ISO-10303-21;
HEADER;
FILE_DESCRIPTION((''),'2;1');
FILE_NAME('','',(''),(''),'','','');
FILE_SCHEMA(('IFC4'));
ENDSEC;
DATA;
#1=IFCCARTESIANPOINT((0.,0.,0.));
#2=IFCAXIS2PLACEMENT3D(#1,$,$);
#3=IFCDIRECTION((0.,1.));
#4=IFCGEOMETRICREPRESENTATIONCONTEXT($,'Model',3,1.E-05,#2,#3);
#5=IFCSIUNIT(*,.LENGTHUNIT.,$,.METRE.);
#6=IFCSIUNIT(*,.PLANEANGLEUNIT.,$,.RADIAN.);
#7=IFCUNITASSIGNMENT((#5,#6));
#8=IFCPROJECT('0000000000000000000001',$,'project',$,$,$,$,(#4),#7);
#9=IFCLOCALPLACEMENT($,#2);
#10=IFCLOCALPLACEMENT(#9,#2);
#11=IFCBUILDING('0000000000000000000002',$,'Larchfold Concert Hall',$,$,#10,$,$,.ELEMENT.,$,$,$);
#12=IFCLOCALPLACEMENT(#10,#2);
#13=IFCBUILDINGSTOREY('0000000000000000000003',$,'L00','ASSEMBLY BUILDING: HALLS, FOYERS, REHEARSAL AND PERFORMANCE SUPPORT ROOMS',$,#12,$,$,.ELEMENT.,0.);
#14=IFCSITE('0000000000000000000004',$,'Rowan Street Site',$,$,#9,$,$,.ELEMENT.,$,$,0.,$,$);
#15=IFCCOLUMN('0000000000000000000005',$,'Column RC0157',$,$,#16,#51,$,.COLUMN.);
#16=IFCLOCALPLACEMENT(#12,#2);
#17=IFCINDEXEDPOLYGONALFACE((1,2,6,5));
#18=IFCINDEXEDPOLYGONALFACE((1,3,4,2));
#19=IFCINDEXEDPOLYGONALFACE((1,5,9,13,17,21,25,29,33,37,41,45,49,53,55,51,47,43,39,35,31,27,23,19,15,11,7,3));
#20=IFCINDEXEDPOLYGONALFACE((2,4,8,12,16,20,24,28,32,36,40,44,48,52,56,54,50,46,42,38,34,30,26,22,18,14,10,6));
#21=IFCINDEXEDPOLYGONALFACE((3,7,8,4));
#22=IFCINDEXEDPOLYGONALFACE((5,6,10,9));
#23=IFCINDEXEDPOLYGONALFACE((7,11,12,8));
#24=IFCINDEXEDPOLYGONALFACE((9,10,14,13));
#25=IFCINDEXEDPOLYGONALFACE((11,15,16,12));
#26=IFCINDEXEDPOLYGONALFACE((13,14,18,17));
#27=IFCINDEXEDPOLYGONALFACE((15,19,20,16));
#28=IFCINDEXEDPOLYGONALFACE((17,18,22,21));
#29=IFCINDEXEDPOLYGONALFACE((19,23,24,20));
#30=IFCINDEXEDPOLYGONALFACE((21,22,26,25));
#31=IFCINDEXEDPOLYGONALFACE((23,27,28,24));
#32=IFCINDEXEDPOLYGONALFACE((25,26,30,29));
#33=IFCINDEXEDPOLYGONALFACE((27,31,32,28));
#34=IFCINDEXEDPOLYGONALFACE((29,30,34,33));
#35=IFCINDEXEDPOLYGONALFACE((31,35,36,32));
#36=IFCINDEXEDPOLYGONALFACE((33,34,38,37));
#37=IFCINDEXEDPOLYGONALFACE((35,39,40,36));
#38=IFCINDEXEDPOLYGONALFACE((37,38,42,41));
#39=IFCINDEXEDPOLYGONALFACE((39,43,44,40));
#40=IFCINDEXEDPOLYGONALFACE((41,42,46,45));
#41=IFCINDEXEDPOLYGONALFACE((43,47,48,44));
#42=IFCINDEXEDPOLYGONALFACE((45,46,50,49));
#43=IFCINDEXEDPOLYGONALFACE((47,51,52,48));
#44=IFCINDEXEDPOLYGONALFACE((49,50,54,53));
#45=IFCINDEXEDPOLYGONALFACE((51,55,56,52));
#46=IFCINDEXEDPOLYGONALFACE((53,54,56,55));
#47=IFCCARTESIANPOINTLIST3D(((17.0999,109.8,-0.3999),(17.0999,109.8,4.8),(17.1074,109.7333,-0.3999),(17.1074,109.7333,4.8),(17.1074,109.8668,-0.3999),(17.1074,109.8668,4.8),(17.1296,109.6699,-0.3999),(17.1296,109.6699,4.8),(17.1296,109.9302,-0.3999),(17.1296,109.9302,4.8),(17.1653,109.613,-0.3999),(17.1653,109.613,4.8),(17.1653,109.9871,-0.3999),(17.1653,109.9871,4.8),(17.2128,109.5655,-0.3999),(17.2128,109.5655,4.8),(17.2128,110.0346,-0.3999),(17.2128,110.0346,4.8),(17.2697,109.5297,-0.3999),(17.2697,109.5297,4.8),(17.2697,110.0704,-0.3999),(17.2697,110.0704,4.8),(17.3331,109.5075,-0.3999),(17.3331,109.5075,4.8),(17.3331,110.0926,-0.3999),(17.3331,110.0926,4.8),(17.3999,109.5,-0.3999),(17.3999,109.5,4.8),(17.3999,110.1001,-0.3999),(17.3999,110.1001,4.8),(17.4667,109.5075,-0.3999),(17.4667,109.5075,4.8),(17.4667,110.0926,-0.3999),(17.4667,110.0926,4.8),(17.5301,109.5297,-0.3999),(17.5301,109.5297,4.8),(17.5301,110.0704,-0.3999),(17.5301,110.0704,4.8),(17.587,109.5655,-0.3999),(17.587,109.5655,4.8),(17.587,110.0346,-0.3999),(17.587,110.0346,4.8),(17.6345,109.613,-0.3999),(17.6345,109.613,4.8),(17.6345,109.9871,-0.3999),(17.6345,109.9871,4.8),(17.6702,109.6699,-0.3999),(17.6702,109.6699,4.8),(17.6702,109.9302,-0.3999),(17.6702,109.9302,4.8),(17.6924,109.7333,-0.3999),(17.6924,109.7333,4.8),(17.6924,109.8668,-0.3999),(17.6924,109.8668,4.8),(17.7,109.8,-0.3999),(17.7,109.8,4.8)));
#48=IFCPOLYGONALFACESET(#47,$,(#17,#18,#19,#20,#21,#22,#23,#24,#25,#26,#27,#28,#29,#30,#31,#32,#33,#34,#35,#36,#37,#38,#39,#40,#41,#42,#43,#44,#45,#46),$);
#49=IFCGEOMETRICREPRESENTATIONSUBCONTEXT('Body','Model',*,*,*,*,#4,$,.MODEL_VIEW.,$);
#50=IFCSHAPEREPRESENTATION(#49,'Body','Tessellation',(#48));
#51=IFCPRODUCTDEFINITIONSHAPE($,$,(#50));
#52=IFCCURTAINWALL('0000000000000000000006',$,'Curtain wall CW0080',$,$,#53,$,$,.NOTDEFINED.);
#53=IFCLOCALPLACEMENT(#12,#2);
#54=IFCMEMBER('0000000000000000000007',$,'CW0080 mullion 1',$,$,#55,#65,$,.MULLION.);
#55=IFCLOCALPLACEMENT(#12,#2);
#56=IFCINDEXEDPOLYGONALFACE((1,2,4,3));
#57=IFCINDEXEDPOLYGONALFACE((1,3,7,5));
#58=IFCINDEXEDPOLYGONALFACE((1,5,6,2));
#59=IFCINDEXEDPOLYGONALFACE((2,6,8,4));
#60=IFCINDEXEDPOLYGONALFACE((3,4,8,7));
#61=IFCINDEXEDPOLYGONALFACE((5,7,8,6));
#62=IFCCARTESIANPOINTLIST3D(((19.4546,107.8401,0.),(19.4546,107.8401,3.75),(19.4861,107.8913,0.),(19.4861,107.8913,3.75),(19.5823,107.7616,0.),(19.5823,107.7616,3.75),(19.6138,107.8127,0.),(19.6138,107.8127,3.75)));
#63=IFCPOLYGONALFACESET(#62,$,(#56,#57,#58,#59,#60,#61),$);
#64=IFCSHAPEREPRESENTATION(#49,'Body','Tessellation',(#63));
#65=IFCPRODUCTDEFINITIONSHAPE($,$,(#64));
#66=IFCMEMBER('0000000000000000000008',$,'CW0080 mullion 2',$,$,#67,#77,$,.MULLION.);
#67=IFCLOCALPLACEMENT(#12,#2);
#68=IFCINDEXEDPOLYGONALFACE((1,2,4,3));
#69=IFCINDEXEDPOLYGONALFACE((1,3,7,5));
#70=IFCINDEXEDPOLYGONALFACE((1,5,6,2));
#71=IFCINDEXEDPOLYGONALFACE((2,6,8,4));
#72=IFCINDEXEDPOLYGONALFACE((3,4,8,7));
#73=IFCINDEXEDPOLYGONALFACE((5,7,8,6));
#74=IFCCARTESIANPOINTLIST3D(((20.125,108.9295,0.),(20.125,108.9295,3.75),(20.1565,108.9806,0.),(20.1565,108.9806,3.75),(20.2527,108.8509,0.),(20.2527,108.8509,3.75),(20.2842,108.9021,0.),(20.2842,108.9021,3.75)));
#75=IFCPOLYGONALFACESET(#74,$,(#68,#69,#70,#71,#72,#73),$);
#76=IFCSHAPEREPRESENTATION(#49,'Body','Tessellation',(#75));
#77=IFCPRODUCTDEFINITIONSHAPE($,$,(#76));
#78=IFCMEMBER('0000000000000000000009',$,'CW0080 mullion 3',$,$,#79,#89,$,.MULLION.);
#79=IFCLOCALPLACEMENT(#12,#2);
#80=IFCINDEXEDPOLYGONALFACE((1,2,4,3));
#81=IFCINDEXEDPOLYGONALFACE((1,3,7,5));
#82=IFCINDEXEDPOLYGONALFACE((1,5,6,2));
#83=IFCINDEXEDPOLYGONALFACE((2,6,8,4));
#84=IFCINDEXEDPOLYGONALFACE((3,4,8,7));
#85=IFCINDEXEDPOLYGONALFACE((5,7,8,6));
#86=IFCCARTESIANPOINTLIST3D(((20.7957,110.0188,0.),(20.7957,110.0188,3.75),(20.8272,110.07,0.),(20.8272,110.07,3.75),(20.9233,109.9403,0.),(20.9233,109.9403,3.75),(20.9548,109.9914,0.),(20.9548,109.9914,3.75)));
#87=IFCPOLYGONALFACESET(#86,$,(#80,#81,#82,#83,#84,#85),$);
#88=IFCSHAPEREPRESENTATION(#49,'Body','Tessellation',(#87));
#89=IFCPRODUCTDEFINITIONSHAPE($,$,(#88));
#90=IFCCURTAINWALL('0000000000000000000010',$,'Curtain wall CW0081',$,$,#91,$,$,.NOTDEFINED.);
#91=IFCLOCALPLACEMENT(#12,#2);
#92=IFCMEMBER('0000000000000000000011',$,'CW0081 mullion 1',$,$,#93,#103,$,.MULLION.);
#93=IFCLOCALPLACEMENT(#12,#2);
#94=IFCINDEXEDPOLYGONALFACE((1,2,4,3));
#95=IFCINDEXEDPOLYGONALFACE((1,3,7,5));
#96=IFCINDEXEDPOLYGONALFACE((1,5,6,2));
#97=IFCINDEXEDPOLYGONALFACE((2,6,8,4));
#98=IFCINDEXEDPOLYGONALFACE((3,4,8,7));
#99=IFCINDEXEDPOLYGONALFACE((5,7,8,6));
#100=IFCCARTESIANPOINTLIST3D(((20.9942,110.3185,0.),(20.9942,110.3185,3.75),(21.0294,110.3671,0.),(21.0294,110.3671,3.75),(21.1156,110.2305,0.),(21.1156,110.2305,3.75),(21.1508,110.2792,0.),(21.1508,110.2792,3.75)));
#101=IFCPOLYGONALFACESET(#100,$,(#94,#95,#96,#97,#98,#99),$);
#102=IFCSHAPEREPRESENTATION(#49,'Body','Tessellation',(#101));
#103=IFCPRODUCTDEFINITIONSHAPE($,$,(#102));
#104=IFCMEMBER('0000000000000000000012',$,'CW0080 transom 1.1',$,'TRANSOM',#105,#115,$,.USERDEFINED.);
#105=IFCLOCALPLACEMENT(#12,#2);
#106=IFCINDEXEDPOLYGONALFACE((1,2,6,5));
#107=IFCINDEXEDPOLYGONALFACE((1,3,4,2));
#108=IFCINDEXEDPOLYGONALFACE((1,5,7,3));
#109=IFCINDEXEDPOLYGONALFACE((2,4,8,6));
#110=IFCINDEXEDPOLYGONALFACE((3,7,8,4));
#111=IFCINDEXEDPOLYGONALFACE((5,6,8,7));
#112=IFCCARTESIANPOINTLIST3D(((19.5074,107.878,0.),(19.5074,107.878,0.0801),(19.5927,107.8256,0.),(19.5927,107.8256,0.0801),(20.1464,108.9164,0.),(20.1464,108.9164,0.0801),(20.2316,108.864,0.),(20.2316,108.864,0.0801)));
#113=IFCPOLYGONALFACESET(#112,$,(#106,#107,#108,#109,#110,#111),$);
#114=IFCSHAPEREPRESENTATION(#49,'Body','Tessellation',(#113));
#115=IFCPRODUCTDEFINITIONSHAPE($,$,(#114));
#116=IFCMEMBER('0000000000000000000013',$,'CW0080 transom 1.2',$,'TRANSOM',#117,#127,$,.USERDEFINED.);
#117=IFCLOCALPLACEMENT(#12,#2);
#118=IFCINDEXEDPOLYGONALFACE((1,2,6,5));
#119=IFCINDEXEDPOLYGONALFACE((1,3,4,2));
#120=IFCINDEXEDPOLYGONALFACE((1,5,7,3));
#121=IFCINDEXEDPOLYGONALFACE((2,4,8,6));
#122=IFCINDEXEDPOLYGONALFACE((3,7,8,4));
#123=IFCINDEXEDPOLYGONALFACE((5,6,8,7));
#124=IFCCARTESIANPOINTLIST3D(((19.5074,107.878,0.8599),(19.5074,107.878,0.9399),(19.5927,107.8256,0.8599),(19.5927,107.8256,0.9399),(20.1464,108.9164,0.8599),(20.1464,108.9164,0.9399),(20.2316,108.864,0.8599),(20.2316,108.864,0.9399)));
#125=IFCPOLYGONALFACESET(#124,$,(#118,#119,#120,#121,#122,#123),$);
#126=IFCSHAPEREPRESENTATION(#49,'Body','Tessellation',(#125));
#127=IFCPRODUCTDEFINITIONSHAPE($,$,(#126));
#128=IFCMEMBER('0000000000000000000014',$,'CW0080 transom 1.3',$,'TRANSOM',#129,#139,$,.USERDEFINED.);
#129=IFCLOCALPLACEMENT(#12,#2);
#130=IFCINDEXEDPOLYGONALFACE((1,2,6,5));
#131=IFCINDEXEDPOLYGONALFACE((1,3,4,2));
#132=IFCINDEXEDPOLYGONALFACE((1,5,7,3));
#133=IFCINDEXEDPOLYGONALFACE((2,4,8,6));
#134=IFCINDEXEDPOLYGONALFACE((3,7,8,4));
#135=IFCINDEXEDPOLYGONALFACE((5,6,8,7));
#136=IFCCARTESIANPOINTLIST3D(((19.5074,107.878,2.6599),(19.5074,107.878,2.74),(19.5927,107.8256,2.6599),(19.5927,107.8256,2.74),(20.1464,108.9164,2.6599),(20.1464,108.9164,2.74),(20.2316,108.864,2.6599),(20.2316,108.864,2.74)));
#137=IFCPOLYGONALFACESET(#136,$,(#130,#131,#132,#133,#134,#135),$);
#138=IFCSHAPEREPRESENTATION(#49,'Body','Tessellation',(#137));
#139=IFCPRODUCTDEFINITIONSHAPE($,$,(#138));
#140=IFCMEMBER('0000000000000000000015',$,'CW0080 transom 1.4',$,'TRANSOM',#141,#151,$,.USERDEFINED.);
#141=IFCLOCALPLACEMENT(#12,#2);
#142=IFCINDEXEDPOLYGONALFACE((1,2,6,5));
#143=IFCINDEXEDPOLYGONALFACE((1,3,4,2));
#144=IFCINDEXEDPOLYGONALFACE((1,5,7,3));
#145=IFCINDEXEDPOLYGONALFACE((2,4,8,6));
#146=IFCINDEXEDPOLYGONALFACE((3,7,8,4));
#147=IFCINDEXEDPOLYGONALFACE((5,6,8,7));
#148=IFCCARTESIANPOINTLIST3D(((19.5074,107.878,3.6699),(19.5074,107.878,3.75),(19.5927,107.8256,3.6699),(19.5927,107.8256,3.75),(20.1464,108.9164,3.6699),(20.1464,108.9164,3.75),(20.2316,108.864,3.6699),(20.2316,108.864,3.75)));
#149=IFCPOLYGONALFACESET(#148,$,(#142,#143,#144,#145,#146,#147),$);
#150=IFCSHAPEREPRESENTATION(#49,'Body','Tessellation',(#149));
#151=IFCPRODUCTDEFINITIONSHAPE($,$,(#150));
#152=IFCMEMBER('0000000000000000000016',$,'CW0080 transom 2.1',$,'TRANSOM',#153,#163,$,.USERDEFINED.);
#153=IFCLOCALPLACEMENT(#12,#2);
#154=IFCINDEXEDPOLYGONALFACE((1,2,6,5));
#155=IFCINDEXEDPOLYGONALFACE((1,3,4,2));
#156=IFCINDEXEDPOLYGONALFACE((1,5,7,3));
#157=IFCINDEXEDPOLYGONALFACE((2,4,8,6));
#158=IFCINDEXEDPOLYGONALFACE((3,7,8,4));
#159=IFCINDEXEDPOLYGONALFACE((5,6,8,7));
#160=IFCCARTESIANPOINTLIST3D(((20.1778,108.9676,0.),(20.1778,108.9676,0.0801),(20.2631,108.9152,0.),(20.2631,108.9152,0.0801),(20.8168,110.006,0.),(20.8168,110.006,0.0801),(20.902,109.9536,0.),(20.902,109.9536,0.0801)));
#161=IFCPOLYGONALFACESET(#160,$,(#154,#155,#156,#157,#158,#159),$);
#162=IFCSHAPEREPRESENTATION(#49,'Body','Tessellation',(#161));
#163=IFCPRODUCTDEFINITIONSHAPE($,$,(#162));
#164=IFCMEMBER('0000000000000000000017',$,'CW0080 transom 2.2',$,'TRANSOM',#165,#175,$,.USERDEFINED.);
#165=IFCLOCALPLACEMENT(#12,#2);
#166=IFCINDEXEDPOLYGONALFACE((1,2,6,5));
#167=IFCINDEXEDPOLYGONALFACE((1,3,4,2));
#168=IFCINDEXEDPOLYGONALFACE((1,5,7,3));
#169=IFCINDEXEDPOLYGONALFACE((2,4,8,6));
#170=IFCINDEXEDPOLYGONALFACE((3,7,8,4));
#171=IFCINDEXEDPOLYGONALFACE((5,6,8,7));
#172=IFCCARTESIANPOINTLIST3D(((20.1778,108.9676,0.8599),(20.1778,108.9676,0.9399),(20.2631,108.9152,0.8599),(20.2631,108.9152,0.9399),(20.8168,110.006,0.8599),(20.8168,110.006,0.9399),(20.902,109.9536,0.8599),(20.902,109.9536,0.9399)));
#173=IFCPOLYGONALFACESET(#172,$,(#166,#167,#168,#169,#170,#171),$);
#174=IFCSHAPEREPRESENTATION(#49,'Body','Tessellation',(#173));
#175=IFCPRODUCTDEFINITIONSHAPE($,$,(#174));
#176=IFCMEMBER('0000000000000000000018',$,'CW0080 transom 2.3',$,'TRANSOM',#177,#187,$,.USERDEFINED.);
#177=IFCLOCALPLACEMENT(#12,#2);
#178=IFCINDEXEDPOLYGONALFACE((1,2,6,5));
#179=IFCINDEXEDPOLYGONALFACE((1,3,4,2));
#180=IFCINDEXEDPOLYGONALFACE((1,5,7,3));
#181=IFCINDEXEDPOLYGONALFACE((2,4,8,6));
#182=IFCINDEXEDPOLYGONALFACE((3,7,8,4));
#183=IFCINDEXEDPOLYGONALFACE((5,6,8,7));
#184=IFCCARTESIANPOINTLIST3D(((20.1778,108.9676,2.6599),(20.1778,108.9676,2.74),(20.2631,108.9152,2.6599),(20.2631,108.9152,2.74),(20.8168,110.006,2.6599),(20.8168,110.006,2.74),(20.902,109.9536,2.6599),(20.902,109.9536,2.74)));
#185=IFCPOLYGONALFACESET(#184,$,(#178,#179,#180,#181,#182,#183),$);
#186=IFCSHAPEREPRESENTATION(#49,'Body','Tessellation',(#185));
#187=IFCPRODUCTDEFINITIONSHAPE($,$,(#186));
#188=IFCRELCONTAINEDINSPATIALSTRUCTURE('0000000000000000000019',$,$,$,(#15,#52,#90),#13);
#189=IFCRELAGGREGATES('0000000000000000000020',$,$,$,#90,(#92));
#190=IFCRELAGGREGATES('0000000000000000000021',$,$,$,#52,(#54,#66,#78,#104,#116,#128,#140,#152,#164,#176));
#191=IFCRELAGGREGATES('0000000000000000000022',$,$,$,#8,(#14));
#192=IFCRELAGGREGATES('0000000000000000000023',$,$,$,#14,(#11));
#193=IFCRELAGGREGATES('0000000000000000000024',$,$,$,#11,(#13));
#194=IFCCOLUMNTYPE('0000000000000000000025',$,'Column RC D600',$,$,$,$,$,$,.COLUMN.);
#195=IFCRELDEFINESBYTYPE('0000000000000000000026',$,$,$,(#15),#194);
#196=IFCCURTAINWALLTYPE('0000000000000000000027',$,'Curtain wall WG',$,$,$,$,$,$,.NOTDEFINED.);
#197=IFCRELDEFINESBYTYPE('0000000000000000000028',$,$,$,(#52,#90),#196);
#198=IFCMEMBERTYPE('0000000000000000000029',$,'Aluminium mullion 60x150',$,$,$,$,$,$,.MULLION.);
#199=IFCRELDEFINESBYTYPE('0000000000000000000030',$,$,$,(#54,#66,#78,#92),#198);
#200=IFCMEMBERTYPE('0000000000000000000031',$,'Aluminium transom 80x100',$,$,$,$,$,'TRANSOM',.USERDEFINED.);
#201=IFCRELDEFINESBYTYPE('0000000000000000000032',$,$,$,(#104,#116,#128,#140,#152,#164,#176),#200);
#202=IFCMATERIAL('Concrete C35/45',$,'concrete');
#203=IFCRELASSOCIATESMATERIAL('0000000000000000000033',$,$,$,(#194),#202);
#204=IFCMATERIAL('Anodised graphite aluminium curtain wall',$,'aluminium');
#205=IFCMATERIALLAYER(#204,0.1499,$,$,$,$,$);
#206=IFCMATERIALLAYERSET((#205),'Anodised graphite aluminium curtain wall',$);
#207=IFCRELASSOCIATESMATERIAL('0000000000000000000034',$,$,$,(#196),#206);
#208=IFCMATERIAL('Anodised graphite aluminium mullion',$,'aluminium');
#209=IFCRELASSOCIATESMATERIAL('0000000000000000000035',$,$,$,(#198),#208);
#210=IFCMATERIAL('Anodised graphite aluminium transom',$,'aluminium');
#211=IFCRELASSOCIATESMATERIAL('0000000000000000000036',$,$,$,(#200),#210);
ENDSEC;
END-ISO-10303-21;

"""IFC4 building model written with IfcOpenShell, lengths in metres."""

from ifc_helpers import new_model, si_unit, direction, frame, origin, origin_2d, place, context, subcontext, project, spatial, rectangle, circle, extrude, material, layer, layer_set, material_profile, profile_set, type_object, element, aggregate, save


model = new_model("IFC4")

# Units and contexts
model_context = context("Model", 3, precision=1e-05, world=origin(), true_north=direction((0.0, 1.0)))
body_context = subcontext(model_context, "Body", "Model", "MODEL_VIEW")
ifc_project = project(units=[si_unit("LENGTHUNIT", "METRE"), si_unit("PLANEANGLEUNIT", "RADIAN")], contexts=[model_context])

# Site, building, storey
site_placement = place(None, origin())
site = spatial("IfcSite", under=ifc_project, at=site_placement, Name="Rowan Street Site", CompositionType="ELEMENT", RefElevation=0.0)
building_placement = place(site_placement, origin())
building = spatial("IfcBuilding", under=site, at=building_placement, Name="Larchfold Concert Hall", CompositionType="ELEMENT")
storey_placement = place(building_placement, origin())
storey = spatial("IfcBuildingStorey", under=building, at=storey_placement, Name="L00", Description="ASSEMBLY BUILDING: HALLS, FOYERS, REHEARSAL AND PERFORMANCE SUPPORT ROOMS", CompositionType="ELEMENT", Elevation=0.0)

# Column
ifc_material_1 = material(Name="Concrete C35/45", Category="concrete")
ifc_material_profile_1 = material_profile(ifc_material_1, circle(Radius=0.3, at=origin_2d()))
ifc_profile_set_1 = profile_set([ifc_material_profile_1], Name="Concrete C35/45")
column_type = type_object("IfcColumnType", Name="Column RC D600", PredefinedType="COLUMN", material=ifc_profile_set_1)
for number, where, z_axis, x_axis, name in (
    (1, (17.3999, 109.8, -0.3999), (0.0, 0.0, 1.0), (1.0, 0.0, 0.0), "Column RC0157"),
):
    element("IfcColumn", number, at=place(storey_placement, frame(where, z_axis=z_axis, x_axis=x_axis)), inside=storey, type_object=column_type, Name=name, PredefinedType="COLUMN", context=body_context, shape_type="SweptSolid", body=[
        extrude(circle(Radius=0.3, at=origin_2d()), origin(), (0.0, 0.0, 1.0), 5.2),
    ])

# Curtain wall, members
ifc_material_2 = material(Name="Anodised graphite aluminium curtain wall", Category="aluminium")
ifc_layer_1 = layer(ifc_material_2, 0.1499)
ifc_layer_set_1 = layer_set([ifc_layer_1], Name="Anodised graphite aluminium curtain wall")
curtain_wall_type = type_object("IfcCurtainWallType", Name="Curtain wall WG", PredefinedType="NOTDEFINED", material=ifc_layer_set_1)
curtain_wall_1_placement = place(storey_placement, origin())
curtain_wall_1 = element("IfcCurtainWall", 2, at=curtain_wall_1_placement, inside=storey, type_object=curtain_wall_type, Name="Curtain wall CW0080", PredefinedType="NOTDEFINED")
ifc_material_3 = material(Name="Anodised graphite aluminium mullion", Category="aluminium")
ifc_material_profile_2 = material_profile(ifc_material_3, rectangle(XDim=0.1499, YDim=0.0601, at=origin_2d()))
ifc_profile_set_2 = profile_set([ifc_material_profile_2], Name="Anodised graphite aluminium mullion")
member_type_1 = type_object("IfcMemberType", Name="Aluminium mullion 60x150", PredefinedType="MULLION", material=ifc_profile_set_2)
member_1_placement = place(storey_placement, frame((19.5342, 107.8264, 0.0), z_axis=(0.0, 0.0, 1.0), x_axis=(-0.851655, 0.524103, 0.0)))
member_1 = element("IfcMember", 3, at=member_1_placement, type_object=member_type_1, Name="CW0080 mullion 1", PredefinedType="MULLION", context=body_context, shape_type="SweptSolid", body=[
    extrude(rectangle(XDim=0.1499, YDim=0.0601, at=origin_2d()), origin(), (0.0, 0.0, 1.0), 3.75),
])
member_2_placement = place(storey_placement, frame((20.2046, 108.9158, 0.0), z_axis=(0.0, 0.0, 1.0), x_axis=(-0.851655, 0.524103, 0.0)))
member_2 = element("IfcMember", 4, at=member_2_placement, type_object=member_type_1, Name="CW0080 mullion 2", PredefinedType="MULLION", context=body_context, shape_type="SweptSolid", body=[
    extrude(rectangle(XDim=0.1499, YDim=0.0601, at=origin_2d()), origin(), (0.0, 0.0, 1.0), 3.75),
])
member_3_placement = place(storey_placement, frame((20.8752, 110.0051, 0.0), z_axis=(0.0, 0.0, 1.0), x_axis=(-0.851655, 0.524103, 0.0)))
member_3 = element("IfcMember", 5, at=member_3_placement, type_object=member_type_1, Name="CW0080 mullion 3", PredefinedType="MULLION", context=body_context, shape_type="SweptSolid", body=[
    extrude(rectangle(XDim=0.1499, YDim=0.0601, at=origin_2d()), origin(), (0.0, 0.0, 1.0), 3.75),
])

# Curtain wall, member
curtain_wall_2_placement = place(storey_placement, origin())
curtain_wall_2 = element("IfcCurtainWall", 6, at=curtain_wall_2_placement, inside=storey, type_object=curtain_wall_type, Name="Curtain wall CW0081", PredefinedType="NOTDEFINED")
member_4_placement = place(storey_placement, frame((21.0725, 110.2988, 0.0), z_axis=(0.0, 0.0, 1.0), x_axis=(-0.809887, 0.586586, 0.0)))
member_4 = element("IfcMember", 7, at=member_4_placement, type_object=member_type_1, Name="CW0081 mullion 1", PredefinedType="MULLION", context=body_context, shape_type="SweptSolid", body=[
    extrude(rectangle(XDim=0.1499, YDim=0.0601, at=origin_2d()), origin(), (0.0, 0.0, 1.0), 3.75),
])

# Members
ifc_material_4 = material(Name="Anodised graphite aluminium transom", Category="aluminium")
ifc_material_profile_3 = material_profile(ifc_material_4, rectangle(XDim=0.1001, YDim=0.0801, at=origin_2d()))
ifc_profile_set_3 = profile_set([ifc_material_profile_3], Name="Anodised graphite aluminium transom")
member_type_2 = type_object("IfcMemberType", Name="Aluminium transom 80x100", ElementType="TRANSOM", PredefinedType="USERDEFINED", material=ifc_profile_set_3)
member_5_placement = place(storey_placement, frame((19.55, 107.8518, 0.04), z_axis=(0.524064, 0.851679, 0.0), x_axis=(-0.851679, 0.524064, 0.0)))
member_5 = element("IfcMember", 8, at=member_5_placement, type_object=member_type_2, Name="CW0080 transom 1.1", ObjectType="TRANSOM", PredefinedType="USERDEFINED", context=body_context, shape_type="SweptSolid", body=[
    extrude(rectangle(XDim=0.1001, YDim=0.0801, at=origin_2d()), origin(), (0.0, 0.0, 1.0), 1.2192),
])
member_6_placement = place(storey_placement, frame((19.55, 107.8518, 0.8999), z_axis=(0.524064, 0.851679, 0.0), x_axis=(-0.851679, 0.524064, 0.0)))
member_6 = element("IfcMember", 9, at=member_6_placement, type_object=member_type_2, Name="CW0080 transom 1.2", ObjectType="TRANSOM", PredefinedType="USERDEFINED", context=body_context, shape_type="SweptSolid", body=[
    extrude(rectangle(XDim=0.1001, YDim=0.0801, at=origin_2d()), origin(), (0.0, 0.0, 1.0), 1.2192),
])
member_7_placement = place(storey_placement, frame((19.55, 107.8518, 2.7), z_axis=(0.524064, 0.851679, 0.0), x_axis=(-0.851679, 0.524064, 0.0)))
member_7 = element("IfcMember", 10, at=member_7_placement, type_object=member_type_2, Name="CW0080 transom 1.3", ObjectType="TRANSOM", PredefinedType="USERDEFINED", context=body_context, shape_type="SweptSolid", body=[
    extrude(rectangle(XDim=0.1001, YDim=0.0801, at=origin_2d()), origin(), (0.0, 0.0, 1.0), 1.2192),
])
member_8_placement = place(storey_placement, frame((19.55, 107.8518, 3.71), z_axis=(0.524064, 0.851679, 0.0), x_axis=(-0.851679, 0.524064, 0.0)))
member_8 = element("IfcMember", 11, at=member_8_placement, type_object=member_type_2, Name="CW0080 transom 1.4", ObjectType="TRANSOM", PredefinedType="USERDEFINED", context=body_context, shape_type="SweptSolid", body=[
    extrude(rectangle(XDim=0.1001, YDim=0.0801, at=origin_2d()), origin(), (0.0, 0.0, 1.0), 1.2192),
])
member_9_placement = place(storey_placement, frame((20.2205, 108.9414, 0.04), z_axis=(0.524064, 0.851679, 0.0), x_axis=(-0.851679, 0.524064, 0.0)))
member_9 = element("IfcMember", 12, at=member_9_placement, type_object=member_type_2, Name="CW0080 transom 2.1", ObjectType="TRANSOM", PredefinedType="USERDEFINED", context=body_context, shape_type="SweptSolid", body=[
    extrude(rectangle(XDim=0.1001, YDim=0.0801, at=origin_2d()), origin(), (0.0, 0.0, 1.0), 1.2192),
])
member_10_placement = place(storey_placement, frame((20.2205, 108.9414, 0.8999), z_axis=(0.524064, 0.851679, 0.0), x_axis=(-0.851679, 0.524064, 0.0)))
member_10 = element("IfcMember", 13, at=member_10_placement, type_object=member_type_2, Name="CW0080 transom 2.2", ObjectType="TRANSOM", PredefinedType="USERDEFINED", context=body_context, shape_type="SweptSolid", body=[
    extrude(rectangle(XDim=0.1001, YDim=0.0801, at=origin_2d()), origin(), (0.0, 0.0, 1.0), 1.2192),
])
member_11_placement = place(storey_placement, frame((20.2205, 108.9414, 2.7), z_axis=(0.524064, 0.851679, 0.0), x_axis=(-0.851679, 0.524064, 0.0)))
member_11 = element("IfcMember", 14, at=member_11_placement, type_object=member_type_2, Name="CW0080 transom 2.3", ObjectType="TRANSOM", PredefinedType="USERDEFINED", context=body_context, shape_type="SweptSolid", body=[
    extrude(rectangle(XDim=0.1001, YDim=0.0801, at=origin_2d()), origin(), (0.0, 0.0, 1.0), 1.2192),
])
aggregate(curtain_wall_2, [member_4])

aggregate(curtain_wall_1, [member_1, member_2, member_3, member_5, member_6, member_7, member_8, member_9, member_10, member_11])

save(model, "model.ifc")
